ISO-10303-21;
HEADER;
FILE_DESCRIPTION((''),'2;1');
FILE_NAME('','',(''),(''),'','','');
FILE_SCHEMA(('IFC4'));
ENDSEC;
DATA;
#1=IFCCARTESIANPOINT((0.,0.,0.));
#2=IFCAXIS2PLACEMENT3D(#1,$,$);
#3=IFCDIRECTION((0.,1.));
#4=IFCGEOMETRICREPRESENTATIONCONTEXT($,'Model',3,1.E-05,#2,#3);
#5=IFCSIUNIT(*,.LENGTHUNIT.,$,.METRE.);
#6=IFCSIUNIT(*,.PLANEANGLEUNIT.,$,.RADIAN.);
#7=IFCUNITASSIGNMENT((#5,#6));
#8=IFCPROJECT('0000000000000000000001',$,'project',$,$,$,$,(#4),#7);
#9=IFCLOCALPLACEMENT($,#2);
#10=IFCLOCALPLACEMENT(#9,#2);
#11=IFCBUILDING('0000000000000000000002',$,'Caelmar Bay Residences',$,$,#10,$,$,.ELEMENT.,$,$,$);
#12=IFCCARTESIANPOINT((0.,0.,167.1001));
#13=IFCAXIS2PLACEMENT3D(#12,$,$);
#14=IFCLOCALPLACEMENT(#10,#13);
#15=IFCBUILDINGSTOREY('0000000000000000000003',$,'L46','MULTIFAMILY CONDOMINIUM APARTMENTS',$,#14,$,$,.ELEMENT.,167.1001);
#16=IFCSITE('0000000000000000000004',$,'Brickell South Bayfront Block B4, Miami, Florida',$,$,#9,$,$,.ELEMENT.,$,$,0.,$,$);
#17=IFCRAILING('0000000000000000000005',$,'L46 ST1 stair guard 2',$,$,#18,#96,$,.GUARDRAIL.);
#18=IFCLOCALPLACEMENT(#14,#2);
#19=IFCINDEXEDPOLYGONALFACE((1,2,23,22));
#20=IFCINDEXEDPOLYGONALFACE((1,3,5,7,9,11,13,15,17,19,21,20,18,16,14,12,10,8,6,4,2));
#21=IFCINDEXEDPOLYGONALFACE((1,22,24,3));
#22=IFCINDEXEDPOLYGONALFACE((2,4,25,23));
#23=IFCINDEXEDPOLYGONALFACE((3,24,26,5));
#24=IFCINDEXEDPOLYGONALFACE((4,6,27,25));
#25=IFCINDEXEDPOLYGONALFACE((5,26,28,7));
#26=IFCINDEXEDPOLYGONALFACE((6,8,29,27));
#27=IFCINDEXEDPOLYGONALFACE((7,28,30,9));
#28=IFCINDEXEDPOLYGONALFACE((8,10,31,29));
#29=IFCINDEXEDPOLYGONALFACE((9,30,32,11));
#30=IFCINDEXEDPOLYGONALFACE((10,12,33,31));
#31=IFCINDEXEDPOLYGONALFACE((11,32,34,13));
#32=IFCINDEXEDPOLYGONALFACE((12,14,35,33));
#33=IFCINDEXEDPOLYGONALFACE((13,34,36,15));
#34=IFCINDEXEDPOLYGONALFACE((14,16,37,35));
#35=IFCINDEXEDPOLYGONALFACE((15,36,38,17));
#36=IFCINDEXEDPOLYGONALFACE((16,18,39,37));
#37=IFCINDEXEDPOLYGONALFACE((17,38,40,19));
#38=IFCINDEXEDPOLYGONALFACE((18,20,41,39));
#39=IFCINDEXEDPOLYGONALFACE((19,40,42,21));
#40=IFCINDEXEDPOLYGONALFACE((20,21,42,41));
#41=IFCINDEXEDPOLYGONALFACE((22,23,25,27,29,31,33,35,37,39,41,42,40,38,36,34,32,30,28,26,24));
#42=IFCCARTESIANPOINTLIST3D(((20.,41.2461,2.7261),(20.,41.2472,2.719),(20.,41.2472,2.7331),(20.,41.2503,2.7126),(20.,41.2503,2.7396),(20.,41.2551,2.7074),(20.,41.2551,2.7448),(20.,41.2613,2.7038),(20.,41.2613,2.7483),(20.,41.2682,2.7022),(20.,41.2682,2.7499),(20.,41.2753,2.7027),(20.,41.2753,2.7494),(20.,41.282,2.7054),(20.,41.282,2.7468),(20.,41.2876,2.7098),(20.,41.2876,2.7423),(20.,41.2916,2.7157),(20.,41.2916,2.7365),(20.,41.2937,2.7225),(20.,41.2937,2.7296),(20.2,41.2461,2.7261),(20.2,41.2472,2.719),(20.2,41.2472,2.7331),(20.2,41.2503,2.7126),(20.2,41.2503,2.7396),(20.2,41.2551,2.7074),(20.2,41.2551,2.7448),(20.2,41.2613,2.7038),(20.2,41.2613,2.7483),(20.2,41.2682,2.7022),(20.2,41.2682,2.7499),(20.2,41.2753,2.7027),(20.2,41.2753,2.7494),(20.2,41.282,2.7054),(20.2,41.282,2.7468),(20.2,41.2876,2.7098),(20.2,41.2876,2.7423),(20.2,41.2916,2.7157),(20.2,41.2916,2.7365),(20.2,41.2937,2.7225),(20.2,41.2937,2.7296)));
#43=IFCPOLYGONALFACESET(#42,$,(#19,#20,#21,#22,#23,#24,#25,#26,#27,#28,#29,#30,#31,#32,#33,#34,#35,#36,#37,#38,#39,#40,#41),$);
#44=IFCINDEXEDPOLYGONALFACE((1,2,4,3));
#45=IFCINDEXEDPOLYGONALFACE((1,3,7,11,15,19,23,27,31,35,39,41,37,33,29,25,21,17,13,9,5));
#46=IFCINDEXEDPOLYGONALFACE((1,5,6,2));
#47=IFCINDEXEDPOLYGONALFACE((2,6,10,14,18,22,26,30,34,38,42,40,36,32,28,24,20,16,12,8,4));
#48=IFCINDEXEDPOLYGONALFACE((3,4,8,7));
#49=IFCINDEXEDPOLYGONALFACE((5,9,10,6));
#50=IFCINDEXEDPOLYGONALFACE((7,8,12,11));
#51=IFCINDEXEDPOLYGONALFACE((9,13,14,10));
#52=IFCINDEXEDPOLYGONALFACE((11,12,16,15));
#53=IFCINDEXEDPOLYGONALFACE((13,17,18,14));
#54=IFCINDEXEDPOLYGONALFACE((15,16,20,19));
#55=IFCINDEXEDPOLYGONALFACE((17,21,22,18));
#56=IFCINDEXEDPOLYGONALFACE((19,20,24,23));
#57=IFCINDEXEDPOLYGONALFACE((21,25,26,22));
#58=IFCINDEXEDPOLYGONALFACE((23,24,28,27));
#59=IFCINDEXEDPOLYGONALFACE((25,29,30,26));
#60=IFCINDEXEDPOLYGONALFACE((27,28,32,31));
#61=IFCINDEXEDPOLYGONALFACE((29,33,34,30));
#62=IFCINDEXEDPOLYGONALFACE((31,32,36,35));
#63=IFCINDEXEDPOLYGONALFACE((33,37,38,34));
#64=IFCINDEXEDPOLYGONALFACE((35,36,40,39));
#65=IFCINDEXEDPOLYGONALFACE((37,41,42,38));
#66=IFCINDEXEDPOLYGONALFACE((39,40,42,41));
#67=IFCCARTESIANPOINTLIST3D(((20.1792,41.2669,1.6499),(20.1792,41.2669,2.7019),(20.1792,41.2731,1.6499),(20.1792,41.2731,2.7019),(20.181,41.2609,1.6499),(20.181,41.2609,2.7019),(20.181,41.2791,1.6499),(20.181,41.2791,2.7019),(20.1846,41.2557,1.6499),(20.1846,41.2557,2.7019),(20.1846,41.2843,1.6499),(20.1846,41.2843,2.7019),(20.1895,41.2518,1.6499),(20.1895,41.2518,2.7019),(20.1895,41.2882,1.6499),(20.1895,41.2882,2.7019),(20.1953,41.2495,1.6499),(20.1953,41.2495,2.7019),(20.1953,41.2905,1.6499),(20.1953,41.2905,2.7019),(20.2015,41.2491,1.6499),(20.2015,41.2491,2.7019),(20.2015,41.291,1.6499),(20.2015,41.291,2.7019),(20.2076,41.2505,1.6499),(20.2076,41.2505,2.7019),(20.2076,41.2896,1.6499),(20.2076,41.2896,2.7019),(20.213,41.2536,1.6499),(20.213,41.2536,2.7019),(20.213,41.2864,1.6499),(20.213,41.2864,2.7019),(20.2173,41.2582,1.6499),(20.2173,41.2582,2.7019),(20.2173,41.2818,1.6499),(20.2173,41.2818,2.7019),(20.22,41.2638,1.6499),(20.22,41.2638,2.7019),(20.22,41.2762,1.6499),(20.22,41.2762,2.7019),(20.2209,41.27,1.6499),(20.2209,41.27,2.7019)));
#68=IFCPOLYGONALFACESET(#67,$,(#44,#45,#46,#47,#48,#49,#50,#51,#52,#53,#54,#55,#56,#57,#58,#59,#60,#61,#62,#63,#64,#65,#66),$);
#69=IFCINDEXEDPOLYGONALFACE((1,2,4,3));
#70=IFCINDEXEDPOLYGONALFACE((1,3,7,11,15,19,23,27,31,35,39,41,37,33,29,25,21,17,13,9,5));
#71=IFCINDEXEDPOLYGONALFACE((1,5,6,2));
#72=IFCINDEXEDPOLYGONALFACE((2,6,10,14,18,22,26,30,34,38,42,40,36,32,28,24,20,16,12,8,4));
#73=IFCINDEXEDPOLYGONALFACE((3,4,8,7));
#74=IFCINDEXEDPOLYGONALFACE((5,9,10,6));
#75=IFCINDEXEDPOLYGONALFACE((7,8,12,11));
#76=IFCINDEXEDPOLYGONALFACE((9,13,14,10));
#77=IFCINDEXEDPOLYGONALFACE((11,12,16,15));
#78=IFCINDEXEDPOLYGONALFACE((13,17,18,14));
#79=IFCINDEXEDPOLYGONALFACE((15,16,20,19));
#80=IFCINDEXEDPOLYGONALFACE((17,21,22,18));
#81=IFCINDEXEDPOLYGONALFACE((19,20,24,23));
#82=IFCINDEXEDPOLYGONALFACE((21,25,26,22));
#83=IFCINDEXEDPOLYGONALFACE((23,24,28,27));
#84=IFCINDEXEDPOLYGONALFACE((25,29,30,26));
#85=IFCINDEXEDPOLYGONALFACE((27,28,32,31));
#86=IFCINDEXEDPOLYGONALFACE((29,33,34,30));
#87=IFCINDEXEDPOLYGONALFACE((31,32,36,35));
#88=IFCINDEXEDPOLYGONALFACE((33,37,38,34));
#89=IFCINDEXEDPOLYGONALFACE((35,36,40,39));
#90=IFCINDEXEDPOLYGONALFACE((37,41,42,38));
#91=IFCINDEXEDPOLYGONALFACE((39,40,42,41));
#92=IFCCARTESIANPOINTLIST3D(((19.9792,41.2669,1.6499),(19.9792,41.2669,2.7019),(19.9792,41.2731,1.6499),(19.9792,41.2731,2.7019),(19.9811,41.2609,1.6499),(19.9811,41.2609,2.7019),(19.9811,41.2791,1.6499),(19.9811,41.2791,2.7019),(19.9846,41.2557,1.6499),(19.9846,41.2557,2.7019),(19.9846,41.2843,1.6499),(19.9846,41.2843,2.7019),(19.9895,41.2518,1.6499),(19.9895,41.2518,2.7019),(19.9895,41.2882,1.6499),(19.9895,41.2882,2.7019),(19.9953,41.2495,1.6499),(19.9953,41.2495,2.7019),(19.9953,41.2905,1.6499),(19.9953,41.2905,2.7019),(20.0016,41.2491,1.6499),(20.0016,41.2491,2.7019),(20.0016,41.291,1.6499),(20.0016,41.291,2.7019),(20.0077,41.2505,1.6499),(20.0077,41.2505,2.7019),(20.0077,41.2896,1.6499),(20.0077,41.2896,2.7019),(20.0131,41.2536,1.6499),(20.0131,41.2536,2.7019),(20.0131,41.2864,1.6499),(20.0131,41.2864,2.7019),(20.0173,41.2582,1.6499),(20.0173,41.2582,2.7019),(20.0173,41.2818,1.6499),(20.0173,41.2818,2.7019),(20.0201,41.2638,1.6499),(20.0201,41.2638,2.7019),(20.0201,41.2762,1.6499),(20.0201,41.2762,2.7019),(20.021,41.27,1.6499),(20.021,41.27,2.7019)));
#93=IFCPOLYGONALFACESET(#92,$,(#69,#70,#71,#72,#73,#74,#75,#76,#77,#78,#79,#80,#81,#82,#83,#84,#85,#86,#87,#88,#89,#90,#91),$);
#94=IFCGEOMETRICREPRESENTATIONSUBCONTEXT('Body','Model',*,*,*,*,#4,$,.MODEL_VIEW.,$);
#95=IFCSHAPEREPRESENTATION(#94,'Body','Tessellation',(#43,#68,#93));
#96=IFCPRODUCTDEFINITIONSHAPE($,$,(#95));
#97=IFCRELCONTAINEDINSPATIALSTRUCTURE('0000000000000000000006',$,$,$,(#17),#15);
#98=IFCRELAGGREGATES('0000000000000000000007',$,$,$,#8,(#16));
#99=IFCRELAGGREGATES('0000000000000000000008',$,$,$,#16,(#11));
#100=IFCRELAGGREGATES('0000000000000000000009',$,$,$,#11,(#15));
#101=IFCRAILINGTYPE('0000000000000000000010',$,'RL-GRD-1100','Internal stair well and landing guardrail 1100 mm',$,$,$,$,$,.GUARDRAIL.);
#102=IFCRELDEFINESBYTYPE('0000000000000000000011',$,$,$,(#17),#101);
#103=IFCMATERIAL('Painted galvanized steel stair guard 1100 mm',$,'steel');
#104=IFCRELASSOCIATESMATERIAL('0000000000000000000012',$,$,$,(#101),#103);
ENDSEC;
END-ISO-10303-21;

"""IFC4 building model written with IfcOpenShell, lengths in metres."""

from ifc_helpers import new_model, si_unit, direction, frame, origin, origin_2d, place, context, subcontext, project, spatial, circle, extrude, material, type_object, element, save


model = new_model("IFC4")

# Units and contexts
model_context = context("Model", 3, precision=1e-05, world=origin(), true_north=direction((0.0, 1.0)))
body_context = subcontext(model_context, "Body", "Model", "MODEL_VIEW")
ifc_project = project(units=[si_unit("LENGTHUNIT", "METRE"), si_unit("PLANEANGLEUNIT", "RADIAN")], contexts=[model_context])

# Site, building, storey
site_placement = place(None, origin())
site = spatial("IfcSite", under=ifc_project, at=site_placement, Name="Brickell South Bayfront Block B4, Miami, Florida", CompositionType="ELEMENT", RefElevation=0.0)
building_placement = place(site_placement, origin())
building = spatial("IfcBuilding", under=site, at=building_placement, Name="Caelmar Bay Residences", CompositionType="ELEMENT")
storey_placement = place(building_placement, frame((0.0, 0.0, 167.1001)))
storey = spatial("IfcBuildingStorey", under=building, at=storey_placement, Name="L46", Description="MULTIFAMILY CONDOMINIUM APARTMENTS", CompositionType="ELEMENT", Elevation=167.1001)

# Railing
ifc_material_1 = material(Name="Painted galvanized steel stair guard 1100 mm", Category="steel")
railing_type_1 = type_object("IfcRailingType", Name="RL-GRD-1100", Description="Internal stair well and landing guardrail 1100 mm", PredefinedType="GUARDRAIL", material=ifc_material_1)
railing_1_placement = place(storey_placement, frame((20.2, 41.27, 1.6499)))
element("IfcRailing", 1, at=railing_1_placement, inside=storey, type_object=railing_type_1, Name="L46 ST1 stair guard 2", PredefinedType="GUARDRAIL", context=body_context, shape_type="SweptSolid", body=[
    extrude(circle(Radius=0.0239, at=origin_2d()), frame((0.0, 0.0, 1.0762), z_axis=(-1.0, 0.0, 0.0), x_axis=(0.0, -1.0, 0.0)), (0.0, 0.0, 1.0), 0.2),
    extrude(circle(Radius=0.021, at=origin_2d()), origin(), (0.0, 0.0, 1.0), 1.052),
    extrude(circle(Radius=0.021, at=origin_2d()), frame((-0.2, 0.0, 0.0)), (0.0, 0.0, 1.0), 1.052),
])

save(model, "model.ifc")
